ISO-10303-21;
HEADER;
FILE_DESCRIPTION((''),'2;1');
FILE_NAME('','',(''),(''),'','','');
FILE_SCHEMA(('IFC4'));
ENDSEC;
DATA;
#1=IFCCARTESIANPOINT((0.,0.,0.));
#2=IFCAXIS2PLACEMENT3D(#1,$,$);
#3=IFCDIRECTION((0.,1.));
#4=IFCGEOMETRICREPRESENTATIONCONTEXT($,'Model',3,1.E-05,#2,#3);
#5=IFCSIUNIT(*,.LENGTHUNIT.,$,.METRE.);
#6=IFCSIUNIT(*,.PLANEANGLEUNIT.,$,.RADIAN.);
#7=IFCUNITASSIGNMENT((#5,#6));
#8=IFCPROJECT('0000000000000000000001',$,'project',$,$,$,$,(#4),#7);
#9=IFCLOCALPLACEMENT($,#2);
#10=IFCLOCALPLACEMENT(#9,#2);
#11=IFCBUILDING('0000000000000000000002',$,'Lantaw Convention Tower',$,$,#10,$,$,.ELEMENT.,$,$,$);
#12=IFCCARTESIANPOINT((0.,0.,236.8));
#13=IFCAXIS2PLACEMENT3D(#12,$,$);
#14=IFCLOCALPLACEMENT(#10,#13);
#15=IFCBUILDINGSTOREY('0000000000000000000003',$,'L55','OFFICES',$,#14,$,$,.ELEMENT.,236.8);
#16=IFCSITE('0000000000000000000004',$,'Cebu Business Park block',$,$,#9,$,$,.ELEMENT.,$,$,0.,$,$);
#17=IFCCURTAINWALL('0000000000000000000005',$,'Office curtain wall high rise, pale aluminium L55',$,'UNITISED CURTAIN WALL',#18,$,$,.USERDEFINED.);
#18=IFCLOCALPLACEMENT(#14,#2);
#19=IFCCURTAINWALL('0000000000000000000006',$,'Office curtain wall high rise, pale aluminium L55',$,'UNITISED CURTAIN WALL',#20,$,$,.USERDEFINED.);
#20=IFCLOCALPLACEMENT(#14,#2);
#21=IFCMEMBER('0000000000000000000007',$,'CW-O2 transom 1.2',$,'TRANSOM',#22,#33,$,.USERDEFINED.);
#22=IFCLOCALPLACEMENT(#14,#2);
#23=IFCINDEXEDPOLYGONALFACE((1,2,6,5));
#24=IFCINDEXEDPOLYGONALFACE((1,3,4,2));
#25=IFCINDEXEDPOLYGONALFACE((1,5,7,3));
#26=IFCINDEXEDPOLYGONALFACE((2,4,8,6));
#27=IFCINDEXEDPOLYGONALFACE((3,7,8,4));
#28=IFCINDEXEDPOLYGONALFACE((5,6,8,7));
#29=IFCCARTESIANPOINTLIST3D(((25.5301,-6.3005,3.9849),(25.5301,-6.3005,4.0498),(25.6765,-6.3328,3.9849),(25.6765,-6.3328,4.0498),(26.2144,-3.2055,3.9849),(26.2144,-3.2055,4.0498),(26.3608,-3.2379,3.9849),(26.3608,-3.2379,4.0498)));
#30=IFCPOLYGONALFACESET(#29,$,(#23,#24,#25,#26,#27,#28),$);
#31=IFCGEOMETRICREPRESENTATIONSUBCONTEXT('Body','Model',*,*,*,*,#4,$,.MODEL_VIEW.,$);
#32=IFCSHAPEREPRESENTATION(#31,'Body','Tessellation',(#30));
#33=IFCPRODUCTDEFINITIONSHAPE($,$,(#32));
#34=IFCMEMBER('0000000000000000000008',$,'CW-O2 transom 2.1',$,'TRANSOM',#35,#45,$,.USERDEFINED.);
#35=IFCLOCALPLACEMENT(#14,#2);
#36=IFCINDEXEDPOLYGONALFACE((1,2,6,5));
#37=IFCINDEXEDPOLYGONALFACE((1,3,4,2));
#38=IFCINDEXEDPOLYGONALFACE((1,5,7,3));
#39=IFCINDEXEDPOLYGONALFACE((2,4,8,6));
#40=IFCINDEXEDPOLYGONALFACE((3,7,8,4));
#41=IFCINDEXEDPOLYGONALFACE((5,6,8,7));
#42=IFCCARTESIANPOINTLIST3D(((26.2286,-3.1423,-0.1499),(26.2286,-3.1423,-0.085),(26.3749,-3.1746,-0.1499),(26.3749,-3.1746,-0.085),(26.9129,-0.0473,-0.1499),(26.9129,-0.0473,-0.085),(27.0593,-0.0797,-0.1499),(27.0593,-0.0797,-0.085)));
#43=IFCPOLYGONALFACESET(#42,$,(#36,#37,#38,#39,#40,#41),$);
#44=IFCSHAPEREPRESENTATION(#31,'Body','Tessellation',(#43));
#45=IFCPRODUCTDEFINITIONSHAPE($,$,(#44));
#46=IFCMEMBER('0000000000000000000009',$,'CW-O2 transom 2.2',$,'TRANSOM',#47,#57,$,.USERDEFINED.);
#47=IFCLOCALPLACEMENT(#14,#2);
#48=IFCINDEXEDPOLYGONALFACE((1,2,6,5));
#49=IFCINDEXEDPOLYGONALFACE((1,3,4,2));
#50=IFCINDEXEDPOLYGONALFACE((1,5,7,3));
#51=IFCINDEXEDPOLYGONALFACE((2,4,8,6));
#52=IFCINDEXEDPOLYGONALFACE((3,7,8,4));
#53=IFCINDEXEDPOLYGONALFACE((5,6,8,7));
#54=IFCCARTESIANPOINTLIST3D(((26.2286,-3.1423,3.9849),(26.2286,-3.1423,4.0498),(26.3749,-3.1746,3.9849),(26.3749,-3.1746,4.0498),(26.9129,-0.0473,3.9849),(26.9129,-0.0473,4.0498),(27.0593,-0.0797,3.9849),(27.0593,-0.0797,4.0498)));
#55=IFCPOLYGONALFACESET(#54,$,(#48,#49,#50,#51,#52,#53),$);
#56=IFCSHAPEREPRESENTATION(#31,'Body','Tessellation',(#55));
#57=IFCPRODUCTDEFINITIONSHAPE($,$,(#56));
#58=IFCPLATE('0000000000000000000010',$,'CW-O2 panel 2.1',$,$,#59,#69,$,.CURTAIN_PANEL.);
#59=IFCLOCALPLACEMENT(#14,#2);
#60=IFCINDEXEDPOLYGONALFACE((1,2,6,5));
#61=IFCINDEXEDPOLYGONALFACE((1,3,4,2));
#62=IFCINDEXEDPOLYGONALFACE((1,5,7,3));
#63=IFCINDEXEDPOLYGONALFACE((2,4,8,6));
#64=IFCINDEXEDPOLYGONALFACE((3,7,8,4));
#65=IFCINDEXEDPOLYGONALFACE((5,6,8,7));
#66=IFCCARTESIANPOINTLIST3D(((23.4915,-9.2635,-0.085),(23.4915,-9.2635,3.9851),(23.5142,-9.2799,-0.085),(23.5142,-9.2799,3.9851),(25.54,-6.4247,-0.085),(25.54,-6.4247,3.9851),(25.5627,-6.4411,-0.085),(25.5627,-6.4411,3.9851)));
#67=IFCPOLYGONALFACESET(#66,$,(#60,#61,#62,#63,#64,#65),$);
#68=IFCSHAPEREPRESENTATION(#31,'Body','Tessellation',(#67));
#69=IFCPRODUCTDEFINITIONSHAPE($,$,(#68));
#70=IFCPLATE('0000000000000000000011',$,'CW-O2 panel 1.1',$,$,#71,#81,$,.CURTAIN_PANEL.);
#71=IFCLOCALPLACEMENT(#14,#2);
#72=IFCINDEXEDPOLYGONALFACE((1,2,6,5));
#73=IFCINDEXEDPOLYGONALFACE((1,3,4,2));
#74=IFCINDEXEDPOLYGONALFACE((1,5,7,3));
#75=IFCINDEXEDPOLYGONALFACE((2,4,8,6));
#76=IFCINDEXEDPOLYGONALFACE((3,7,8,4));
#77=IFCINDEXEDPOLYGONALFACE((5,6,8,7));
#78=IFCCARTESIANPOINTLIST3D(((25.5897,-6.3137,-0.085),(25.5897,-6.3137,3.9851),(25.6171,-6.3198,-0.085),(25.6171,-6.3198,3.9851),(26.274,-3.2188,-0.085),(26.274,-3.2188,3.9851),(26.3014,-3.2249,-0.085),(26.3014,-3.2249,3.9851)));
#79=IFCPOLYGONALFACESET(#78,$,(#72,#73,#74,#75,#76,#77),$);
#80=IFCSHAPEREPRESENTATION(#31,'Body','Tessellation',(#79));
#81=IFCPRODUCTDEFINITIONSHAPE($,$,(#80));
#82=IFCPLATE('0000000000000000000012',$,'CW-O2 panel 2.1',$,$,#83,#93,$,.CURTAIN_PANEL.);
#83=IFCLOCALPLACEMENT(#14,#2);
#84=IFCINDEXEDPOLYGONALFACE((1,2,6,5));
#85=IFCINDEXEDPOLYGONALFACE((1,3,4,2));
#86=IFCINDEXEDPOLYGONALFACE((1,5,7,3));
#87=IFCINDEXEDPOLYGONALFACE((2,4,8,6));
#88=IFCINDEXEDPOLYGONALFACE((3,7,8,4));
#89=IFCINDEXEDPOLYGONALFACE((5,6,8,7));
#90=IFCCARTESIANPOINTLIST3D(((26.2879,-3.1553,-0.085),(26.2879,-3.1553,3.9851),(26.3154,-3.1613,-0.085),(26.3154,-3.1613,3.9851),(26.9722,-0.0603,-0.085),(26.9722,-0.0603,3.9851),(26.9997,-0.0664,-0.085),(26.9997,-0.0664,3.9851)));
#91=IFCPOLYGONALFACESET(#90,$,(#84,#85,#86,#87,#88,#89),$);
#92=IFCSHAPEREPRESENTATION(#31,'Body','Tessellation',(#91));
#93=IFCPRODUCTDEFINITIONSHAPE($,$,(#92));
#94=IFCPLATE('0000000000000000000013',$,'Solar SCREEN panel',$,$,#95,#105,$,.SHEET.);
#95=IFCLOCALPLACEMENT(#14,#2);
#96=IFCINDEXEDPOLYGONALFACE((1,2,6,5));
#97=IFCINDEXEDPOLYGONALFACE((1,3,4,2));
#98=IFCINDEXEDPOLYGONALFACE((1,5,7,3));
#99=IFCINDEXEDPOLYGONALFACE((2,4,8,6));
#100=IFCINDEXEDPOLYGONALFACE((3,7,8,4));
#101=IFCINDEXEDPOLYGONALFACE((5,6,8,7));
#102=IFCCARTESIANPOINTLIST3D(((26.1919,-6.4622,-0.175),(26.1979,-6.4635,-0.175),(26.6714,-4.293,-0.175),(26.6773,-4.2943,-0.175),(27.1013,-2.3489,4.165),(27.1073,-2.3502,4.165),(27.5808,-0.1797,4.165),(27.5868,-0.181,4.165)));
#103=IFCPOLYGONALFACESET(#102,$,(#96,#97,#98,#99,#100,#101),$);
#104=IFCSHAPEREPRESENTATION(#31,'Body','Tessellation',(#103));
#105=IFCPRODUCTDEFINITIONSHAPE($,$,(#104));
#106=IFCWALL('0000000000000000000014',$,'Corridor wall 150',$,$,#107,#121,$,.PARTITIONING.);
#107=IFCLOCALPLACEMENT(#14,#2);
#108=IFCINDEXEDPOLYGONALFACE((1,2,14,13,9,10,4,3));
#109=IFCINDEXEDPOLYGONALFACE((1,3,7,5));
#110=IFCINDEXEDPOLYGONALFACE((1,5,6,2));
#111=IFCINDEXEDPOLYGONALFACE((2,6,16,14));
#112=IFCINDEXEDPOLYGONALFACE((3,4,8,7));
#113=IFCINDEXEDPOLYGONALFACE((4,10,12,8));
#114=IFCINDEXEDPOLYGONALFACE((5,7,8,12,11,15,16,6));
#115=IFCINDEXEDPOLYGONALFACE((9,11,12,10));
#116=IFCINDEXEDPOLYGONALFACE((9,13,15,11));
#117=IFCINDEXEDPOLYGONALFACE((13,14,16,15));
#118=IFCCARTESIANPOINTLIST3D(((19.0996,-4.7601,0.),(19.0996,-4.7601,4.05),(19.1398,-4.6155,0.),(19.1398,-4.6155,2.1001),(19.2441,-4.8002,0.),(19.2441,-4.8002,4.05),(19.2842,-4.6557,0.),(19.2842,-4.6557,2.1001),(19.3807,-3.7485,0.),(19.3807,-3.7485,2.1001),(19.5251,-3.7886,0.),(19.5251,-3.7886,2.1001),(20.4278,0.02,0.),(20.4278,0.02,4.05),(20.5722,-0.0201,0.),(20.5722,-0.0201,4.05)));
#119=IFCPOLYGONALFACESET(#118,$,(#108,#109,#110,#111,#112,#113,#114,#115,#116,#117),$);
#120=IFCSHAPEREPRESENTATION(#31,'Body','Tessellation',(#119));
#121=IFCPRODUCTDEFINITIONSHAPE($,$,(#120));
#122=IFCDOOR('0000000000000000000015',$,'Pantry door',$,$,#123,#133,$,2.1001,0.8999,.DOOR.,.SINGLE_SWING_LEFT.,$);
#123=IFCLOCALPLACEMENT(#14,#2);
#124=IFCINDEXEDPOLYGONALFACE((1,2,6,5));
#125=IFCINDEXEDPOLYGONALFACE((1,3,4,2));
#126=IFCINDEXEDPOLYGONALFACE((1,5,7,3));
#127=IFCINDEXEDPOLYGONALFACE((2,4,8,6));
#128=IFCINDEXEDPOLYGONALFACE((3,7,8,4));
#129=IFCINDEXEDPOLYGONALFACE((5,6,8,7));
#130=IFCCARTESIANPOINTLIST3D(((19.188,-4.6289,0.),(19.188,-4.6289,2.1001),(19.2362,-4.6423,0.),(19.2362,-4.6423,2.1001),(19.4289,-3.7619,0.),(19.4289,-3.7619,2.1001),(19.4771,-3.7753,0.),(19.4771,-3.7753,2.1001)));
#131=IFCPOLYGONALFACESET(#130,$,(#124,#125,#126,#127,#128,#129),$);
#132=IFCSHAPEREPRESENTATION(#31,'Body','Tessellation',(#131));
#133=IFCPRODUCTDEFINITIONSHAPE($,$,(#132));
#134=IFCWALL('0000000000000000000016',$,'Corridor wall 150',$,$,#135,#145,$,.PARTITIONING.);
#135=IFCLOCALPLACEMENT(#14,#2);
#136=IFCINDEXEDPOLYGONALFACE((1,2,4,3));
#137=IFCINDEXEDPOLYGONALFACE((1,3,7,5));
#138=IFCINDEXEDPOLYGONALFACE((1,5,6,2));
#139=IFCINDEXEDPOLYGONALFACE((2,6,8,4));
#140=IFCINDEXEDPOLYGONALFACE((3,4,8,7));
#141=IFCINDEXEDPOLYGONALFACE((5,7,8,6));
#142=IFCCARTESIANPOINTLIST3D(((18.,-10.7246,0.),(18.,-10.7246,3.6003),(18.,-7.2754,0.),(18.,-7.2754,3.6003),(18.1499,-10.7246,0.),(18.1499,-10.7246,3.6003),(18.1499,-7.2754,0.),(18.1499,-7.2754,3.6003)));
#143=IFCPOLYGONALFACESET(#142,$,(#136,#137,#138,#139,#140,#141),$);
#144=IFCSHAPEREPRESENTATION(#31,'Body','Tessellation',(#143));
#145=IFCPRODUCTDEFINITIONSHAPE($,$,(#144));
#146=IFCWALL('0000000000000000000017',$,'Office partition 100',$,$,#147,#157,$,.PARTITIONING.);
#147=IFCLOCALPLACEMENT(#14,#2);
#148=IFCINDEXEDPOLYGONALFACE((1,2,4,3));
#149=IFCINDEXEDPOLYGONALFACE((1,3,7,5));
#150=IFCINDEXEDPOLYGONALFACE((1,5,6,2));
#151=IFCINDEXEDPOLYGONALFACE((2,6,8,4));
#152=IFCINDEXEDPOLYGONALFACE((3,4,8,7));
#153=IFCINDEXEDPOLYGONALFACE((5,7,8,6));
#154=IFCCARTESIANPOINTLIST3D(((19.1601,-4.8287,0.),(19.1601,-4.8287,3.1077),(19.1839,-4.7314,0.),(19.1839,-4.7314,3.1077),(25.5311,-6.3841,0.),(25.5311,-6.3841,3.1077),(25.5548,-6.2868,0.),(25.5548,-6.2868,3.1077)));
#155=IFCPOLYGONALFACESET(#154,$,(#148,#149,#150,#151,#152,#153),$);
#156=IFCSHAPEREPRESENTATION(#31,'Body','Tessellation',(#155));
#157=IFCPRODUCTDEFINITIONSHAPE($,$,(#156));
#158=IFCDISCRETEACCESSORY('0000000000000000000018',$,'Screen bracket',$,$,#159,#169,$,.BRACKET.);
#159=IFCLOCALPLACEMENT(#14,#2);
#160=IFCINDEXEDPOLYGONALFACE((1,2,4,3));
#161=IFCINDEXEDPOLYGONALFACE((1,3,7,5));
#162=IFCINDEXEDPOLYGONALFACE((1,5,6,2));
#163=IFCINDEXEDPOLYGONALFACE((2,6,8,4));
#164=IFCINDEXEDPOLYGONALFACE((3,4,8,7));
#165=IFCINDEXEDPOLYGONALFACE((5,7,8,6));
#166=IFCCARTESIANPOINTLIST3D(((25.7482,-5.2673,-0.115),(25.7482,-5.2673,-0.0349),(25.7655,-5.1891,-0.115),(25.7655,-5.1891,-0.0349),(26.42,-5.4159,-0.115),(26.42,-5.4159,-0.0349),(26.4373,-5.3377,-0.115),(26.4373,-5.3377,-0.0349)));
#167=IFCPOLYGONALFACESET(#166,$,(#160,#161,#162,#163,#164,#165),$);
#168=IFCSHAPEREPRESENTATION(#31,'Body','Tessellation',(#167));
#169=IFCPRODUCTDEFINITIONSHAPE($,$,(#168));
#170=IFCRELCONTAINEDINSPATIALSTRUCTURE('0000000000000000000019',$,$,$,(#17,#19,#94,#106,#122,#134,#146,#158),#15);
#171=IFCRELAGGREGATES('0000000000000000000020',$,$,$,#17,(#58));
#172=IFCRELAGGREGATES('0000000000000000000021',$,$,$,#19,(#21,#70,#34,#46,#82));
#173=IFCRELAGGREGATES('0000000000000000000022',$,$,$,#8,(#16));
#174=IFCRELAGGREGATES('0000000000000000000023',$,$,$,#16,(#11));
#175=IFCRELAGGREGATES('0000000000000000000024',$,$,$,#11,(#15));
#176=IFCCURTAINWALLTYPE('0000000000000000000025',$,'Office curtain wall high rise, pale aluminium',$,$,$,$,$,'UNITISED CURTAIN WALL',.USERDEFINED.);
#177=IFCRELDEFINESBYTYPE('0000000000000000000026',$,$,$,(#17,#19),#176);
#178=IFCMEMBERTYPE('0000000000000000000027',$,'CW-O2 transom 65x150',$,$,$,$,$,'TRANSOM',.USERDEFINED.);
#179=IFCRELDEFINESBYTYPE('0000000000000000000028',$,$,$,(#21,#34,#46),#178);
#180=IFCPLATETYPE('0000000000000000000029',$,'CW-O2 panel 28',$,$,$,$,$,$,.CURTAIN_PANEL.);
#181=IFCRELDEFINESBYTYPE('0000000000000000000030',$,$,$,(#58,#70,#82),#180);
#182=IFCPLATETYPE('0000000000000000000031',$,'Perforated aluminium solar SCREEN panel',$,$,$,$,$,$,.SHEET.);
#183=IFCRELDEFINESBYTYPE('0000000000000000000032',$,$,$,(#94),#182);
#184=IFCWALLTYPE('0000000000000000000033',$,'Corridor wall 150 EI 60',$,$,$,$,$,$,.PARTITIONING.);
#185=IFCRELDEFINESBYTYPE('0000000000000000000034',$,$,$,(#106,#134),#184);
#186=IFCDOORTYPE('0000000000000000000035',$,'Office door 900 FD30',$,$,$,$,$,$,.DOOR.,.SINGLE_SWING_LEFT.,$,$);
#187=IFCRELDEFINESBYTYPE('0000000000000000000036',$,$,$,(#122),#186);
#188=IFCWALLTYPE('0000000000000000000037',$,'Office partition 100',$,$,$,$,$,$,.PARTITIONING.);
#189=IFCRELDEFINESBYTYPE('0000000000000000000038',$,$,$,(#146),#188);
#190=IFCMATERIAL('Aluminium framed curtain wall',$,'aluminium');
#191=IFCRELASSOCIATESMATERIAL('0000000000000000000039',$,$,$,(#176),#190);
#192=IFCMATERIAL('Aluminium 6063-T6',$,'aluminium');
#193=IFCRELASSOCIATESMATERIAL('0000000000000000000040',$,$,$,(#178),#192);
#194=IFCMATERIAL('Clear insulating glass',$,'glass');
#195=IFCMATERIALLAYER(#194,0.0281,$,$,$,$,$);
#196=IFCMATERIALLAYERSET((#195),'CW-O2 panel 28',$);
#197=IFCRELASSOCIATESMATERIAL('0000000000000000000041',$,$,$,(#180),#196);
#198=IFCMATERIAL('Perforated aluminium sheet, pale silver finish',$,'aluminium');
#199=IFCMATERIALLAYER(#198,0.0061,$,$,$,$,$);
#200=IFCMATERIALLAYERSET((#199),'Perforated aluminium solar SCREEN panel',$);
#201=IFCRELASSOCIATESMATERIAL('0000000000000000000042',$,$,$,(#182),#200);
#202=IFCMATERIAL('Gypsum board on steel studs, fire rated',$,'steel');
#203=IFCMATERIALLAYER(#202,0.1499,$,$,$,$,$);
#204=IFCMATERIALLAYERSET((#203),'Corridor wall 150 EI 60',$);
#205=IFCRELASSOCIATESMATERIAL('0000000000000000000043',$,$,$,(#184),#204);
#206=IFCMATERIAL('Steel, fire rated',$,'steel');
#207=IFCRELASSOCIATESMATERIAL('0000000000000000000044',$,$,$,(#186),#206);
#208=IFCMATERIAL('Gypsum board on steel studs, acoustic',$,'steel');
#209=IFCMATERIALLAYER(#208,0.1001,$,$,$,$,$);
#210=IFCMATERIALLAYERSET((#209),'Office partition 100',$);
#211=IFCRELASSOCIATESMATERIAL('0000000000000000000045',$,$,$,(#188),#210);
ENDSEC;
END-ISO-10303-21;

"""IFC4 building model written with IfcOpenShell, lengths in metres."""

from ifc_helpers import new_model, si_unit, direction, frame, frame_2d, origin, origin_2d, place, context, subcontext, project, spatial, polyline, rectangle, outline, extrude, material, layer, layer_set, material_profile, profile_set, type_object, element, fill, aggregate, save


model = new_model("IFC4")

# Units and contexts
model_context = context("Model", 3, precision=1e-05, world=origin(), true_north=direction((0.0, 1.0)))
body_context = subcontext(model_context, "Body", "Model", "MODEL_VIEW")
ifc_project = project(units=[si_unit("LENGTHUNIT", "METRE"), si_unit("PLANEANGLEUNIT", "RADIAN")], contexts=[model_context])

# Site, building, storey
site_placement = place(None, origin())
site = spatial("IfcSite", under=ifc_project, at=site_placement, Name="Cebu Business Park block", CompositionType="ELEMENT", RefElevation=0.0)
building_placement = place(site_placement, origin())
building = spatial("IfcBuilding", under=site, at=building_placement, Name="Lantaw Convention Tower", CompositionType="ELEMENT")
storey_placement = place(building_placement, frame((0.0, 0.0, 236.8)))
storey = spatial("IfcBuildingStorey", under=building, at=storey_placement, Name="L55", Description="OFFICES", CompositionType="ELEMENT", Elevation=236.8)

# Curtain wall
ifc_material_1 = material(Name="Aluminium framed curtain wall", Category="aluminium")
curtain_wall_type = type_object("IfcCurtainWallType", Name="Office curtain wall high rise, pale aluminium", ElementType="UNITISED CURTAIN WALL", PredefinedType="USERDEFINED", material=ifc_material_1)
curtain_wall_1_placement = place(storey_placement, origin())
curtain_wall_1 = element("IfcCurtainWall", 1, at=curtain_wall_1_placement, inside=storey, type_object=curtain_wall_type, Name="Office curtain wall high rise, pale aluminium L55", ObjectType="UNITISED CURTAIN WALL", PredefinedType="USERDEFINED")
ifc_material_2 = material(Name="Aluminium 6063-T6", Category="aluminium")

# Curtain wall, members
curtain_wall_2_placement = place(storey_placement, origin())
curtain_wall_2 = element("IfcCurtainWall", 2, at=curtain_wall_2_placement, inside=storey, type_object=curtain_wall_type, Name="Office curtain wall high rise, pale aluminium L55", ObjectType="UNITISED CURTAIN WALL", PredefinedType="USERDEFINED")
ifc_material_profile_1 = material_profile(ifc_material_2, rectangle(XDim=0.1499, YDim=0.0649, at=origin_2d()), Name="CW-O2 transom 65x150")
ifc_profile_set_1 = profile_set([ifc_material_profile_1], Name="Aluminium 6063-T6")
member_type_1 = type_object("IfcMemberType", Name="CW-O2 transom 65x150", ElementType="TRANSOM", PredefinedType="USERDEFINED", material=ifc_profile_set_1)
member_1_placement = place(storey_placement, frame((25.6033, -6.3167, 4.0173), z_axis=(0.215895, 0.976417, 0.0), x_axis=(-0.976417, 0.215895, 0.0)))
member_1 = element("IfcMember", 3, at=member_1_placement, type_object=member_type_1, Name="CW-O2 transom 1.2", ObjectType="TRANSOM", PredefinedType="USERDEFINED", context=body_context, shape_type="SweptSolid", body=[
    extrude(rectangle(XDim=0.1499, YDim=0.0649, at=origin_2d()), origin(), (0.0, 0.0, 1.0), 3.1697),
])
member_2_placement = place(storey_placement, frame((26.3018, -3.1584, -0.1174), z_axis=(0.215895, 0.976417, 0.0), x_axis=(-0.976417, 0.215895, 0.0)))
member_2 = element("IfcMember", 4, at=member_2_placement, type_object=member_type_1, Name="CW-O2 transom 2.1", ObjectType="TRANSOM", PredefinedType="USERDEFINED", context=body_context, shape_type="SweptSolid", body=[
    extrude(rectangle(XDim=0.1499, YDim=0.0649, at=origin_2d()), origin(), (0.0, 0.0, 1.0), 3.1697),
])
member_3_placement = place(storey_placement, frame((26.3018, -3.1584, 4.0173), z_axis=(0.215895, 0.976417, 0.0), x_axis=(-0.976417, 0.215895, 0.0)))
member_3 = element("IfcMember", 5, at=member_3_placement, type_object=member_type_1, Name="CW-O2 transom 2.2", ObjectType="TRANSOM", PredefinedType="USERDEFINED", context=body_context, shape_type="SweptSolid", body=[
    extrude(rectangle(XDim=0.1499, YDim=0.0649, at=origin_2d()), origin(), (0.0, 0.0, 1.0), 3.1697),
])

# Plates
ifc_material_3 = material(Name="Clear insulating glass", Category="glass")
ifc_layer_1 = layer(ifc_material_3, 0.0281)
ifc_layer_set_1 = layer_set([ifc_layer_1], Name="CW-O2 panel 28")
plate_type_1 = type_object("IfcPlateType", Name="CW-O2 panel 28", PredefinedType="CURTAIN_PANEL", material=ifc_layer_set_1)
plate_1_placement = place(storey_placement, frame((24.5271, -7.8523, -0.085), z_axis=(0.0, 0.0, 1.0), x_axis=(0.585158, 0.81092, 0.0)))
plate_1 = element("IfcPlate", 6, at=plate_1_placement, type_object=plate_type_1, Name="CW-O2 panel 2.1", PredefinedType="CURTAIN_PANEL", context=body_context, shape_type="SweptSolid", body=[
    extrude(rectangle(XDim=3.5007, YDim=0.0281, at=origin_2d()), origin(), (0.0, 0.0, 1.0), 4.0701),
])
aggregate(curtain_wall_1, [plate_1])
plate_2_placement = place(storey_placement, frame((25.9456, -4.7693, -0.085), z_axis=(0.0, 0.0, 1.0), x_axis=(0.215891, 0.976417, 0.0)))
plate_2 = element("IfcPlate", 7, at=plate_2_placement, type_object=plate_type_1, Name="CW-O2 panel 1.1", PredefinedType="CURTAIN_PANEL", context=body_context, shape_type="SweptSolid", body=[
    extrude(rectangle(XDim=3.1697, YDim=0.0281, at=origin_2d()), origin(), (0.0, 0.0, 1.0), 4.0701),
])
plate_3_placement = place(storey_placement, frame((26.6438, -1.6108, -0.085), z_axis=(0.0, 0.0, 1.0), x_axis=(0.215891, 0.976417, 0.0)))
plate_3 = element("IfcPlate", 8, at=plate_3_placement, type_object=plate_type_1, Name="CW-O2 panel 2.1", PredefinedType="CURTAIN_PANEL", context=body_context, shape_type="SweptSolid", body=[
    extrude(rectangle(XDim=3.1697, YDim=0.0281, at=origin_2d()), origin(), (0.0, 0.0, 1.0), 4.0701),
])
aggregate(curtain_wall_2, [member_1, plate_2, member_2, member_3, plate_3])
ifc_material_4 = material(Name="Perforated aluminium sheet, pale silver finish", Category="aluminium")
ifc_layer_2 = layer(ifc_material_4, 0.0061)
ifc_layer_set_2 = layer_set([ifc_layer_2], Name="Perforated aluminium solar SCREEN panel")
plate_type_2 = type_object("IfcPlateType", Name="Perforated aluminium solar SCREEN panel", PredefinedType="SHEET", material=ifc_layer_set_2)
plate_4_placement = place(storey_placement, frame((26.1919, -6.4622, -0.175), z_axis=(-0.97643, 0.215837, 0.000044), x_axis=(0.215837, 0.97643, 0.0)))
element("IfcPlate", 9, at=plate_4_placement, inside=storey, type_object=plate_type_2, Name="Solar SCREEN panel", PredefinedType="SHEET", context=body_context, shape_type="SweptSolid", body=[
    extrude(outline(polyline([(0.0, 0.0), (2.2216, 0.0), (6.4342, -4.3401), (4.2126, -4.3401), (0.0, 0.0)])), origin(), (0.0, 0.0, -1.0), 0.0061),
])

# Wall, opening, door
ifc_material_5 = material(Name="Gypsum board on steel studs, fire rated", Category="steel")
ifc_layer_3 = layer(ifc_material_5, 0.1499)
ifc_layer_set_3 = layer_set([ifc_layer_3], Name="Corridor wall 150 EI 60")
wall_type_1 = type_object("IfcWallType", Name="Corridor wall 150 EI 60", PredefinedType="PARTITIONING", material=ifc_layer_set_3)
wall_1_placement = place(storey_placement, frame((19.1719, -4.78, 0.0), z_axis=(0.0, 0.0, 1.0), x_axis=(0.267707, 0.9635, 0.0)))
wall_1 = element("IfcWall", 10, at=wall_1_placement, inside=storey, type_object=wall_type_1, Name="Corridor wall 150", PredefinedType="PARTITIONING", context=body_context, shape_type="SweptSolid", body=[
    extrude(rectangle(XDim=4.9612, YDim=0.1499, at=frame_2d((2.4805, 0.0))), origin(), (0.0, 0.0, 1.0), 4.05),
])
opening_placement = place(wall_1_placement, frame((0.1499, 0.0, 0.0)))
opening = element("IfcOpeningElement", 11, at=opening_placement, cuts=wall_1, PredefinedType="OPENING", context=body_context, shape_type="SweptSolid", body=[
    extrude(rectangle(XDim=0.8999, YDim=2.1001, at=frame_2d((0.45, 1.05))), frame((0.0, 0.085, 0.0), z_axis=(0.0, -1.0, 0.0), x_axis=(1.0, 0.0, 0.0)), (0.0, 0.0, 1.0), 0.1699),
])
ifc_material_6 = material(Name="Steel, fire rated", Category="steel")
door_type = type_object("IfcDoorType", Name="Office door 900 FD30", OperationType="SINGLE_SWING_LEFT", PredefinedType="DOOR", material=ifc_material_6)
door_placement = place(opening_placement, origin())
door = element("IfcDoor", 12, at=door_placement, inside=storey, type_object=door_type, Name="Pantry door", OperationType="SINGLE_SWING_LEFT", OverallHeight=2.1001, OverallWidth=0.8999, PredefinedType="DOOR", context=body_context, shape_type="SweptSolid", body=[
    extrude(rectangle(XDim=0.8999, YDim=2.1001, at=frame_2d((0.45, 1.05))), frame((0.0, 0.0249, 0.0), z_axis=(0.0, -1.0, 0.0), x_axis=(1.0, 0.0, 0.0)), (0.0, 0.0, 1.0), 0.05),
])
fill(opening, door)

# Walls
wall_2_placement = place(storey_placement, frame((18.075, -7.2754, 0.0), z_axis=(0.0, 0.0, 1.0), x_axis=(0.0, -1.0, 0.0)))
element("IfcWall", 13, at=wall_2_placement, inside=storey, type_object=wall_type_1, Name="Corridor wall 150", PredefinedType="PARTITIONING", context=body_context, shape_type="SweptSolid", body=[
    extrude(rectangle(XDim=3.4492, YDim=0.1499, at=frame_2d((1.7246, 0.0))), origin(), (0.0, 0.0, 1.0), 3.6003),
])
ifc_material_7 = material(Name="Gypsum board on steel studs, acoustic", Category="steel")
ifc_layer_4 = layer(ifc_material_7, 0.1001)
ifc_layer_set_4 = layer_set([ifc_layer_4], Name="Office partition 100")
wall_type_2 = type_object("IfcWallType", Name="Office partition 100", PredefinedType="PARTITIONING", material=ifc_layer_set_4)
wall_3_placement = place(storey_placement, frame((25.543, -6.3354, 0.0), z_axis=(0.0, 0.0, 1.0), x_axis=(-0.971468, 0.237171, 0.0)))
element("IfcWall", 14, at=wall_3_placement, inside=storey, type_object=wall_type_2, Name="Office partition 100", PredefinedType="PARTITIONING", context=body_context, shape_type="SweptSolid", body=[
    extrude(rectangle(XDim=6.5581, YDim=0.1001, at=frame_2d((3.2791, 0.0))), origin(), (0.0, 0.0, 1.0), 3.1077),
])

# Discrete accessory
discrete_accessory_placement = place(storey_placement, frame((26.0928, -5.3025, -0.115), z_axis=(0.0, 0.0, 1.0), x_axis=(0.215891, 0.976417, 0.0)))
element("IfcDiscreteAccessory", 15, at=discrete_accessory_placement, inside=storey, Name="Screen bracket", PredefinedType="BRACKET", context=body_context, shape_type="SweptSolid", body=[
    extrude(rectangle(XDim=0.0801, YDim=0.688, at=origin_2d()), origin(), (0.0, 0.0, 1.0), 0.0801),
])

save(model, "model.ifc")
